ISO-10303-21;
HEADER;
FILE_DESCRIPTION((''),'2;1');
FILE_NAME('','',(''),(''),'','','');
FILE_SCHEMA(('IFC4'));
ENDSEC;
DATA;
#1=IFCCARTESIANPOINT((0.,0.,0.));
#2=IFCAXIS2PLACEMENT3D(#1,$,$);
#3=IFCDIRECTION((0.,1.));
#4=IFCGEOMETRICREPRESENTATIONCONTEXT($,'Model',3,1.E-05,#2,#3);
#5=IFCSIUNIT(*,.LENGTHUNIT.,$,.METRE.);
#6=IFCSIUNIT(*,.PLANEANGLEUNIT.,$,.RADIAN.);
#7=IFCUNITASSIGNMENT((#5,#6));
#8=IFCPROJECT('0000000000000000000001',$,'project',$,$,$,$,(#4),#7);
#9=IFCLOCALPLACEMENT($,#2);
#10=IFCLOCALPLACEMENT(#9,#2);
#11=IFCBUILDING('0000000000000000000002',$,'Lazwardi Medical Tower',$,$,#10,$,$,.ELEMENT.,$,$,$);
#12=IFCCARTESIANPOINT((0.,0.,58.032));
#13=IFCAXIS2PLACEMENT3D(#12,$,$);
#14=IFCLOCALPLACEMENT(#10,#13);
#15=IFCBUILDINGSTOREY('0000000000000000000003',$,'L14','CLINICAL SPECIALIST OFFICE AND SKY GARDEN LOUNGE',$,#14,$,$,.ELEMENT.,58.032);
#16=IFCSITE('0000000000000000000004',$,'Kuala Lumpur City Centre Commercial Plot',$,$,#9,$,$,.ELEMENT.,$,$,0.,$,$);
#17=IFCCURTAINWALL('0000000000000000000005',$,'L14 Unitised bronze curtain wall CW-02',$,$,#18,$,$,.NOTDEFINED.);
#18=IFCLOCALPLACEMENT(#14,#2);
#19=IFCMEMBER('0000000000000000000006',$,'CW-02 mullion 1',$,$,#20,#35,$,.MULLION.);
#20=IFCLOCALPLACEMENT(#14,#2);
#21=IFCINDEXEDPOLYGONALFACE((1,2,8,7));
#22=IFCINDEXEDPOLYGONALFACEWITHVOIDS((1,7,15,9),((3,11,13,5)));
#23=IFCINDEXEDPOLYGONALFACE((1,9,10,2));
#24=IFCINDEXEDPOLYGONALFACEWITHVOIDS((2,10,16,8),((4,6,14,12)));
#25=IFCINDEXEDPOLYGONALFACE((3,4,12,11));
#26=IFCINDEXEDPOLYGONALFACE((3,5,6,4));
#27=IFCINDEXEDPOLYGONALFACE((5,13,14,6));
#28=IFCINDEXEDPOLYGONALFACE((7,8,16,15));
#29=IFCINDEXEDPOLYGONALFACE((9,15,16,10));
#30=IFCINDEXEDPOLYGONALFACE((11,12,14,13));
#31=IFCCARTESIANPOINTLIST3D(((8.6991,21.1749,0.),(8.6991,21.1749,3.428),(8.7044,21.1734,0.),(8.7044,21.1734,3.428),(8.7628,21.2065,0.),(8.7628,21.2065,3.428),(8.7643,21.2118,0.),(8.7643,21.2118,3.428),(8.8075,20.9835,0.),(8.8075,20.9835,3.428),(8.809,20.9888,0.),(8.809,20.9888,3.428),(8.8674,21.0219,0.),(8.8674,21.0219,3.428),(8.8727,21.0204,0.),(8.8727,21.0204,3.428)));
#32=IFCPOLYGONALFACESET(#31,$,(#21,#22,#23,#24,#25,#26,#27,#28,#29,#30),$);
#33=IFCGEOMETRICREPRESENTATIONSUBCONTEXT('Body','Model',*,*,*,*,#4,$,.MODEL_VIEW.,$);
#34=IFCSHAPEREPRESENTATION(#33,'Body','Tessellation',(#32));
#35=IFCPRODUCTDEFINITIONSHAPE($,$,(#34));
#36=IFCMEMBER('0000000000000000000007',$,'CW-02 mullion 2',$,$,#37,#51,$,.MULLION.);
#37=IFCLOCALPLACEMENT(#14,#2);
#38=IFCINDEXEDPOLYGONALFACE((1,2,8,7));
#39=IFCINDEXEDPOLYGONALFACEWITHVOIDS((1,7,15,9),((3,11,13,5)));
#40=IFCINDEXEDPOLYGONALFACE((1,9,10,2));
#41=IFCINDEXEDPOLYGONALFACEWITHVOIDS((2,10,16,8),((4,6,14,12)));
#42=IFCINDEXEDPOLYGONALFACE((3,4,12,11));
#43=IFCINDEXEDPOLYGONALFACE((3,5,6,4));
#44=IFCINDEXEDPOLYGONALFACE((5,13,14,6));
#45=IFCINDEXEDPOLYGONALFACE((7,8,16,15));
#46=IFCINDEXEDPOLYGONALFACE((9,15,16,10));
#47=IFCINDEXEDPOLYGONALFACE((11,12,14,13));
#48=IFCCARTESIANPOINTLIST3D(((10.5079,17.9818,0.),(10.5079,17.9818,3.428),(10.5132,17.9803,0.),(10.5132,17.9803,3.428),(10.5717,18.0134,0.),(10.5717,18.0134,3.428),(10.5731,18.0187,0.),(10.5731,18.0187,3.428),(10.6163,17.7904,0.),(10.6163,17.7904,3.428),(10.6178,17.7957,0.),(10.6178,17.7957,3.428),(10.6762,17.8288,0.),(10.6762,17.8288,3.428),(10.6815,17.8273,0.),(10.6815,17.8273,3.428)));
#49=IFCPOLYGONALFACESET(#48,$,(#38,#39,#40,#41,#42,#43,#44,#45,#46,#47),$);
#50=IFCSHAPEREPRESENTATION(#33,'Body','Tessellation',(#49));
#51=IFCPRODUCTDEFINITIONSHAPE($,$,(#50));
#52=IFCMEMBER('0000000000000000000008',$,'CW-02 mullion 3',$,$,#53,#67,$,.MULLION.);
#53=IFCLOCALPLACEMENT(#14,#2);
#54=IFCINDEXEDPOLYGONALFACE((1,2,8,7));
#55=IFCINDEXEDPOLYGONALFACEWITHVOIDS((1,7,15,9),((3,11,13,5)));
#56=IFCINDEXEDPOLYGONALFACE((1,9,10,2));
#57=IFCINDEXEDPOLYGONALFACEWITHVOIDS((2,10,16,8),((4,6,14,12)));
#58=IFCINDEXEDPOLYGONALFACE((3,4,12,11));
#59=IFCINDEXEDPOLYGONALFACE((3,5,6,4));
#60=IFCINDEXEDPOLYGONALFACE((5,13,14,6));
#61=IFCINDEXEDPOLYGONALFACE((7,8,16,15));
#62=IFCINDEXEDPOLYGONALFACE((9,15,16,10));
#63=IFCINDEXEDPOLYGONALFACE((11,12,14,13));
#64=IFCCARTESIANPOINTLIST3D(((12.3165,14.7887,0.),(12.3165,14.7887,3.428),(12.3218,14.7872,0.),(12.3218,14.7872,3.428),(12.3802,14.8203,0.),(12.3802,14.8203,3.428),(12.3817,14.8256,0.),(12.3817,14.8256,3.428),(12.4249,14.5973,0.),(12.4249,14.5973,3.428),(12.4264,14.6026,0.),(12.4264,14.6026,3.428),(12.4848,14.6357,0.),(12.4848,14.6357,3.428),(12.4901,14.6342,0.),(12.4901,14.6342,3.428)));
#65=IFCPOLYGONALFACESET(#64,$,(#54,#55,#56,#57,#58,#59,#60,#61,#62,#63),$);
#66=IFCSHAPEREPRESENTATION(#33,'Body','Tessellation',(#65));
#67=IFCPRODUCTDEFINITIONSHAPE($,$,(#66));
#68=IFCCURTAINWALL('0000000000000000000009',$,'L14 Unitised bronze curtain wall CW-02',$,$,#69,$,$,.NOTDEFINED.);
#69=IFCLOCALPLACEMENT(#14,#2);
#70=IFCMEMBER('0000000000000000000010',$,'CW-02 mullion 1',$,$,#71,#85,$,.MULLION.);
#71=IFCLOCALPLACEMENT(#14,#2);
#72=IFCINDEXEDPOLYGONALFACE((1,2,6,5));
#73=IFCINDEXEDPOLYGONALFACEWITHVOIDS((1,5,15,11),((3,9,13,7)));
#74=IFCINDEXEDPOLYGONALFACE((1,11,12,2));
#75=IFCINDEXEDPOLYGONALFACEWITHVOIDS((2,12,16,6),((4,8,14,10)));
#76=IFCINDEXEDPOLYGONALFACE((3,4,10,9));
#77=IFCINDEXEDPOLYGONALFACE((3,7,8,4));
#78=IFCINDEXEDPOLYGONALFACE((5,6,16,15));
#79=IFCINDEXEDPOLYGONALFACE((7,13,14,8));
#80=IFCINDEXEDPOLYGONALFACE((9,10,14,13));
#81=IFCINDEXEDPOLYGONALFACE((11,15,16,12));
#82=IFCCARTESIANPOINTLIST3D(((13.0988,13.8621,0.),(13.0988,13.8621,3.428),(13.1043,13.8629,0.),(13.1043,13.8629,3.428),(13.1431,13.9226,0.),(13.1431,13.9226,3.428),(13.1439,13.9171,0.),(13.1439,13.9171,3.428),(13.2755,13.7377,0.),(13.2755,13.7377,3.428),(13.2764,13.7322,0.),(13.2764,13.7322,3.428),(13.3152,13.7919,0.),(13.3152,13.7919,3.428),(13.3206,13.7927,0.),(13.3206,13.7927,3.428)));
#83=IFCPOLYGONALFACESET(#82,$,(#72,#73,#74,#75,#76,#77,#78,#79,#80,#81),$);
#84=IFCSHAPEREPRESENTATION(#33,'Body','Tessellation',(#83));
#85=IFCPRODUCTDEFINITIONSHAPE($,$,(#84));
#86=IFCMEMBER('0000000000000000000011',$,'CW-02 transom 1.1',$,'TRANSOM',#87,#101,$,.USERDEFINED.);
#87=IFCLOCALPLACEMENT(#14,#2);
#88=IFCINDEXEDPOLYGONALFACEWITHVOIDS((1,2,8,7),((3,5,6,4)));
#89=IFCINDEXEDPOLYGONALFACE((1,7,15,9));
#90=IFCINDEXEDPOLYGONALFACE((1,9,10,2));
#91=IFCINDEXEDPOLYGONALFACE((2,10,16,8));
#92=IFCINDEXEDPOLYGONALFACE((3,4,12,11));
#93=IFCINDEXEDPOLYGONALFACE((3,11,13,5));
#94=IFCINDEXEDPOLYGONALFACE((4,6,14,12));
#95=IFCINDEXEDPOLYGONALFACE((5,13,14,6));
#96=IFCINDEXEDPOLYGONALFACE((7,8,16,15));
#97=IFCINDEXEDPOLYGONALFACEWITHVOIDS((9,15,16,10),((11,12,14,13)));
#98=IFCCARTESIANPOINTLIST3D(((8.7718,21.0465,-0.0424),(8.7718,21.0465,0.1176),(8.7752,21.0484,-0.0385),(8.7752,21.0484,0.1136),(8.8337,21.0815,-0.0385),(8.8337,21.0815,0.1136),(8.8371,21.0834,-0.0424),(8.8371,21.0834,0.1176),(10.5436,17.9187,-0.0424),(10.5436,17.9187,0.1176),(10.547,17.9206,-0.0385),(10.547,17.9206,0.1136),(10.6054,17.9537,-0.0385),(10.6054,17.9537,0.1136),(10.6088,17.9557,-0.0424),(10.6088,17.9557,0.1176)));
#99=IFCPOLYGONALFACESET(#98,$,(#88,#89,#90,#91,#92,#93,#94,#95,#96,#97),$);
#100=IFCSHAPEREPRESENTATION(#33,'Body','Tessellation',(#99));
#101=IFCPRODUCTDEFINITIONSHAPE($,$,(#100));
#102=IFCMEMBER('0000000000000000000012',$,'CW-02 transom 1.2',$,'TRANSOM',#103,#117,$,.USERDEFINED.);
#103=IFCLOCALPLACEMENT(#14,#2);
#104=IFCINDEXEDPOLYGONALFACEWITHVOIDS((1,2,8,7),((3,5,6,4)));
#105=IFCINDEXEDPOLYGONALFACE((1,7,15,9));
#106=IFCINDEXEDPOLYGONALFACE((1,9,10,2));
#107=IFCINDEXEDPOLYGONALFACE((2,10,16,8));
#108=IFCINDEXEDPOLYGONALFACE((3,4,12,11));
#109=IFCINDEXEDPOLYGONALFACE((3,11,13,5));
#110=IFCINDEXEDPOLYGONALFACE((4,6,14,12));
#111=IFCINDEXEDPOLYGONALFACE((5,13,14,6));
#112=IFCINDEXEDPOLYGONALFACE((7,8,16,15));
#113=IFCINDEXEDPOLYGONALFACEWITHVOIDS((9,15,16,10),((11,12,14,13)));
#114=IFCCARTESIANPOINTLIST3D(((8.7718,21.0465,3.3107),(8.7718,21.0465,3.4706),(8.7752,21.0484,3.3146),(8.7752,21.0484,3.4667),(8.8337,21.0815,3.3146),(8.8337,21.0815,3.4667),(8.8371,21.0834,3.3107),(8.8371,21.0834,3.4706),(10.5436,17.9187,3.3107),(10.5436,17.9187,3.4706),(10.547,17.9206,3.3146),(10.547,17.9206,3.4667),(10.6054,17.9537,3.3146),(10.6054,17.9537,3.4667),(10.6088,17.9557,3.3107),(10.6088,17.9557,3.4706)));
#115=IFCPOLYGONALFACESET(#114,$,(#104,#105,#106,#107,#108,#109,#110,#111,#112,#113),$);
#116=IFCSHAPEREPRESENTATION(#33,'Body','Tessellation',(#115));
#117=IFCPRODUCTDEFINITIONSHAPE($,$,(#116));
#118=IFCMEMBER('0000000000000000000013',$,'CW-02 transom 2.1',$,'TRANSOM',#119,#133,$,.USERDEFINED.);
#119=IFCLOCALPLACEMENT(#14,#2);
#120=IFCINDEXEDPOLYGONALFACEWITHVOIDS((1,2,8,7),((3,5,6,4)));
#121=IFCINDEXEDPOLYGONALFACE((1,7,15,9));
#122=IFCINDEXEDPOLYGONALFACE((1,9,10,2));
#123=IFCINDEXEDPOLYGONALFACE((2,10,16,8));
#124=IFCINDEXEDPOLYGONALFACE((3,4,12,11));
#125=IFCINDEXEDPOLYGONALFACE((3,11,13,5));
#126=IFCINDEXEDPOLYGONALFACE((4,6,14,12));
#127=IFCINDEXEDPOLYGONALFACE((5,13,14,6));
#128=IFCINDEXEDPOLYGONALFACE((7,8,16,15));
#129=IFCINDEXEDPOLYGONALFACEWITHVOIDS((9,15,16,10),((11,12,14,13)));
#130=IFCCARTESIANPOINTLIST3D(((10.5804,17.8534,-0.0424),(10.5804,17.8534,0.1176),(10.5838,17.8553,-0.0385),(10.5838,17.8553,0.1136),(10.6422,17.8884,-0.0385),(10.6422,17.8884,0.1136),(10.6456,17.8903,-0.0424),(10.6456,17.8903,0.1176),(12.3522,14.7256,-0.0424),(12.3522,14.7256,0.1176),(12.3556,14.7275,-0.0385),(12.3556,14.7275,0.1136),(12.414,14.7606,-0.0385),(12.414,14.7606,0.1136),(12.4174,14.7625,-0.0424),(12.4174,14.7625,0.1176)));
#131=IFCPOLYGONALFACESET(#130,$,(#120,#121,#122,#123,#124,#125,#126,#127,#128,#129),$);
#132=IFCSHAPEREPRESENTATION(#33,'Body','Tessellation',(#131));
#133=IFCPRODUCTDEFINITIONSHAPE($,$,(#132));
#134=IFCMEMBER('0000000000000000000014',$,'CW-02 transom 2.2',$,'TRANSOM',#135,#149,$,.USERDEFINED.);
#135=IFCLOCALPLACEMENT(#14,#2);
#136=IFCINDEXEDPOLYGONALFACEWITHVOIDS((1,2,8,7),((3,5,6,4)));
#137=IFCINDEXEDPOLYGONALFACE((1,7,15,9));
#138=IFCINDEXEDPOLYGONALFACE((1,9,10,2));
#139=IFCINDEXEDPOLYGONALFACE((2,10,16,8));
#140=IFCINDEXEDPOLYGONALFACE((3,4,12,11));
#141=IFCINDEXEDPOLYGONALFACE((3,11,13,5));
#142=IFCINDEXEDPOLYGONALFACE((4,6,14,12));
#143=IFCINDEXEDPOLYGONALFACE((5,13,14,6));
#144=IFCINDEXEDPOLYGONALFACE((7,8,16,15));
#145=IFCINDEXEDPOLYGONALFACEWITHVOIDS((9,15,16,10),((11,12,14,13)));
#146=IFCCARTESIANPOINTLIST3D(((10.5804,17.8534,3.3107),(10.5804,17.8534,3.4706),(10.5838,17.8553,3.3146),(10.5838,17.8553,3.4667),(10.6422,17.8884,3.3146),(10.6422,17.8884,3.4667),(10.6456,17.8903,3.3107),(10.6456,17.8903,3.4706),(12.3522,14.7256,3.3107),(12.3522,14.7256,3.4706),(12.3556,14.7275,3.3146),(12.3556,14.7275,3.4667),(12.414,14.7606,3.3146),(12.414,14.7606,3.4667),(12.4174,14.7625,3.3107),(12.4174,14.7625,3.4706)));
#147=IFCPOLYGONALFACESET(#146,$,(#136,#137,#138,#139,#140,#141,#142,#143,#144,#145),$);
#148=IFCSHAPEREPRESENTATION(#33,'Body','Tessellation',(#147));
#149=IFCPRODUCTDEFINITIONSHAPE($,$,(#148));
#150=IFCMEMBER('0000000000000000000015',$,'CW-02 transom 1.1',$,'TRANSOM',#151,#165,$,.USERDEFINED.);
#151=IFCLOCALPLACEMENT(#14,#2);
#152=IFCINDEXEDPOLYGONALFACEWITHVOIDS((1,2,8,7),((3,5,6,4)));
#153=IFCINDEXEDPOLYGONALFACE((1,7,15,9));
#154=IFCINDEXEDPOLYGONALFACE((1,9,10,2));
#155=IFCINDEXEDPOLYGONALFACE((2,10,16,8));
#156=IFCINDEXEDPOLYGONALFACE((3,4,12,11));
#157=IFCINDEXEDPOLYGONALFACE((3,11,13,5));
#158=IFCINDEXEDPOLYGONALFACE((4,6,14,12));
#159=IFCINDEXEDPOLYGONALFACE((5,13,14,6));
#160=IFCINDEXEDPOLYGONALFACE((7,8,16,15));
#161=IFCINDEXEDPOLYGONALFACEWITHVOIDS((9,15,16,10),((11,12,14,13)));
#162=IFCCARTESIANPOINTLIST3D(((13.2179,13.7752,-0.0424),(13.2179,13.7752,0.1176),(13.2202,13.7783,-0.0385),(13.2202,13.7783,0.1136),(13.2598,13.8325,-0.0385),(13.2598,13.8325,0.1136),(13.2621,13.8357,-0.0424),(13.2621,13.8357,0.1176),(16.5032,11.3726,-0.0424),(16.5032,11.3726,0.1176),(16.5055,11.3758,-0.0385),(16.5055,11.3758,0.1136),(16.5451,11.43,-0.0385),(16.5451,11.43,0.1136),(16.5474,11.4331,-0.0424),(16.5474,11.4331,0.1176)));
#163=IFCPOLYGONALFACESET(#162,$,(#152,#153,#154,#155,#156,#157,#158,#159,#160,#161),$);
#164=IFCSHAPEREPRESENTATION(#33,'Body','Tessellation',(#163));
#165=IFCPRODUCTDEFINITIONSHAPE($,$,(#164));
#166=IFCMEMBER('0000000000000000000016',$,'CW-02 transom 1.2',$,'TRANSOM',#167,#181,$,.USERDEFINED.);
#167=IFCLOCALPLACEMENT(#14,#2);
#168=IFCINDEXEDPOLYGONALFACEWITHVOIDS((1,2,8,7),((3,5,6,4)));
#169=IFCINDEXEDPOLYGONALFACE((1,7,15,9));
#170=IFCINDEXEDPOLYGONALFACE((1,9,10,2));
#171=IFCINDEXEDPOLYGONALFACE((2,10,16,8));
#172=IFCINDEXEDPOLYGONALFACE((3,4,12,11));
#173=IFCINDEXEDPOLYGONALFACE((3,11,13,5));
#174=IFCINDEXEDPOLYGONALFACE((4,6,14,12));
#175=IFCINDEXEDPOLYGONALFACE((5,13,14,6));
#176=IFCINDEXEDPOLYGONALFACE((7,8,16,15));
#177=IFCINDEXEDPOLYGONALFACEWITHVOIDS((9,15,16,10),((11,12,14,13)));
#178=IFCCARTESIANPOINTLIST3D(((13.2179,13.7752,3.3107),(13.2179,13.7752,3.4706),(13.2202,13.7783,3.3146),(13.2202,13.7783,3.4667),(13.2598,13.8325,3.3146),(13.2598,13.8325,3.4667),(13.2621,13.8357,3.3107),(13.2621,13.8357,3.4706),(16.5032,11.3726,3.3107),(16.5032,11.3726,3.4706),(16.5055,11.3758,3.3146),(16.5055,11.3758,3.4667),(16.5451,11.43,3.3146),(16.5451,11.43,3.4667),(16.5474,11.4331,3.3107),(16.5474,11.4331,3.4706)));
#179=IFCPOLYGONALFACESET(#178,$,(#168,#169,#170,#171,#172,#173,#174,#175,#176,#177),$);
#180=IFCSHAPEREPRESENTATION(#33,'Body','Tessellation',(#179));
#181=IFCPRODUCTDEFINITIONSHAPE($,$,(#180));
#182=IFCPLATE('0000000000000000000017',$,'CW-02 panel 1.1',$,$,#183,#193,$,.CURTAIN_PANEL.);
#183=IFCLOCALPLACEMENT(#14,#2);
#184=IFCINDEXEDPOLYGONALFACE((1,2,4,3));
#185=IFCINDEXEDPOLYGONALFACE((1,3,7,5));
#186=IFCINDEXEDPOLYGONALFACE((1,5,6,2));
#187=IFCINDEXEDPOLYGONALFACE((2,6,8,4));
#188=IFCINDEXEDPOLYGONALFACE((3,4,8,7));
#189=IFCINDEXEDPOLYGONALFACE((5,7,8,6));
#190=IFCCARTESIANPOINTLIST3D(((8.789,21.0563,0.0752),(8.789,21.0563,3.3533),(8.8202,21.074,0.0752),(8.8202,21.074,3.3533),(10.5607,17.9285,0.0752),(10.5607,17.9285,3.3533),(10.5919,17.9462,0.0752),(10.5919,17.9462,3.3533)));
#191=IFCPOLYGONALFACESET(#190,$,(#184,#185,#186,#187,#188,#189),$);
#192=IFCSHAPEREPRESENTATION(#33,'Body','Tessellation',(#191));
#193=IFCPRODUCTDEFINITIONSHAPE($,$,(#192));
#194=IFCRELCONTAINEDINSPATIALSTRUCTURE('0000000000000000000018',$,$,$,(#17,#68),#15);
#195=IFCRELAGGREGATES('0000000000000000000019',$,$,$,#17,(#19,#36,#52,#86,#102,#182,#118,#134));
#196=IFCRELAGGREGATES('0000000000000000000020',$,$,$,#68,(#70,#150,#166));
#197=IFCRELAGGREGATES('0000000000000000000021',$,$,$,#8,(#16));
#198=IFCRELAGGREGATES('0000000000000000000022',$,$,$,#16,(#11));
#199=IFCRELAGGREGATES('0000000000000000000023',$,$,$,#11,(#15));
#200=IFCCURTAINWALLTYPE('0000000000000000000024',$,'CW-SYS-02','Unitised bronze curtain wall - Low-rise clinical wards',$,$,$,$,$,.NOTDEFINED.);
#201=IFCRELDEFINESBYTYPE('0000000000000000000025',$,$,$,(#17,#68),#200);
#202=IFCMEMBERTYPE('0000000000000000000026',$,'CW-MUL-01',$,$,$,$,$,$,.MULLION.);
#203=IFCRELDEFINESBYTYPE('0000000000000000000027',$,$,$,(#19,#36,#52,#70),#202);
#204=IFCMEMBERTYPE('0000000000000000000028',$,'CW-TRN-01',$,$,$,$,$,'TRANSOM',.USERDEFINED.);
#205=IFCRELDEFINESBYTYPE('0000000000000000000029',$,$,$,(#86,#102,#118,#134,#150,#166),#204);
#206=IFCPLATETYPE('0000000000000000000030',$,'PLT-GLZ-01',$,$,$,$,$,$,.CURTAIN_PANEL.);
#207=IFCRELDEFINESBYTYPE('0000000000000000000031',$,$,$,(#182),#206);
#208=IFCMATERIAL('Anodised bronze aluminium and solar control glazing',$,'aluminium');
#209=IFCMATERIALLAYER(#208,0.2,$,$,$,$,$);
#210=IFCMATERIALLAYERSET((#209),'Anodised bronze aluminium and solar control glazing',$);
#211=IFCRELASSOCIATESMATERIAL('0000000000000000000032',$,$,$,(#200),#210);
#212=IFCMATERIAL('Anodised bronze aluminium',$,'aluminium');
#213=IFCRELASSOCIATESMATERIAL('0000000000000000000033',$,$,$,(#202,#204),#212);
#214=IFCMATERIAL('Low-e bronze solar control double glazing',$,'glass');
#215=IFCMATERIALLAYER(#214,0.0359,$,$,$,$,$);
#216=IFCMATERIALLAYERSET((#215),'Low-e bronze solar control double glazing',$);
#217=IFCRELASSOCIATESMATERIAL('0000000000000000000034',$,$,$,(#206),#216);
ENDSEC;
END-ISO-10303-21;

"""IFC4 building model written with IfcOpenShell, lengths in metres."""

from ifc_helpers import new_model, si_unit, direction, frame, origin, origin_2d, place, context, subcontext, project, spatial, rectangle, hollow_rectangle, extrude, material, layer, layer_set, material_profile, profile_set, type_object, element, aggregate, save


model = new_model("IFC4")

# Units and contexts
model_context = context("Model", 3, precision=1e-05, world=origin(), true_north=direction((0.0, 1.0)))
body_context = subcontext(model_context, "Body", "Model", "MODEL_VIEW")
ifc_project = project(units=[si_unit("LENGTHUNIT", "METRE"), si_unit("PLANEANGLEUNIT", "RADIAN")], contexts=[model_context])

# Site, building, storey
site_placement = place(None, origin())
site = spatial("IfcSite", under=ifc_project, at=site_placement, Name="Kuala Lumpur City Centre Commercial Plot", CompositionType="ELEMENT", RefElevation=0.0)
building_placement = place(site_placement, origin())
building = spatial("IfcBuilding", under=site, at=building_placement, Name="Lazwardi Medical Tower", CompositionType="ELEMENT")
storey_placement = place(building_placement, frame((0.0, 0.0, 58.032)))
storey = spatial("IfcBuildingStorey", under=building, at=storey_placement, Name="L14", Description="CLINICAL SPECIALIST OFFICE AND SKY GARDEN LOUNGE", CompositionType="ELEMENT", Elevation=58.032)

# Curtain wall, members
ifc_material_1 = material(Name="Anodised bronze aluminium and solar control glazing", Category="aluminium")
ifc_layer_1 = layer(ifc_material_1, 0.2)
ifc_layer_set_1 = layer_set([ifc_layer_1], Name="Anodised bronze aluminium and solar control glazing")
curtain_wall_type = type_object("IfcCurtainWallType", Name="CW-SYS-02", Description="Unitised bronze curtain wall - Low-rise clinical wards", PredefinedType="NOTDEFINED", material=ifc_layer_set_1)
curtain_wall_1_placement = place(storey_placement, origin())
curtain_wall_1 = element("IfcCurtainWall", 1, at=curtain_wall_1_placement, inside=storey, type_object=curtain_wall_type, Name="L14 Unitised bronze curtain wall CW-02", PredefinedType="NOTDEFINED")
ifc_material_2 = material(Name="Anodised bronze aluminium", Category="aluminium")
ifc_material_profile_1 = material_profile(ifc_material_2, hollow_rectangle(XDim=0.075, YDim=0.22, WallThickness=0.0039, at=origin_2d()), Name="ALU-MULLION 220x75x4")
ifc_profile_set_1 = profile_set([ifc_material_profile_1], Name="Anodised bronze aluminium")
member_type_1 = type_object("IfcMemberType", Name="CW-MUL-01", PredefinedType="MULLION", material=ifc_profile_set_1)
member_1_placement = place(storey_placement, frame((8.7859, 21.0977, 0.0), z_axis=(0.0, 0.0, 1.0), x_axis=(0.870112, 0.492854, 0.0)))
member_1 = element("IfcMember", 2, at=member_1_placement, type_object=member_type_1, Name="CW-02 mullion 1", PredefinedType="MULLION", context=body_context, shape_type="SweptSolid", body=[
    extrude(hollow_rectangle(XDim=0.075, YDim=0.22, WallThickness=0.0039, at=origin_2d()), origin(), (0.0, 0.0, 1.0), 3.428),
])
member_2_placement = place(storey_placement, frame((10.5947, 17.9045, 0.0), z_axis=(0.0, 0.0, 1.0), x_axis=(0.870112, 0.492854, 0.0)))
member_2 = element("IfcMember", 3, at=member_2_placement, type_object=member_type_1, Name="CW-02 mullion 2", PredefinedType="MULLION", context=body_context, shape_type="SweptSolid", body=[
    extrude(hollow_rectangle(XDim=0.075, YDim=0.22, WallThickness=0.0039, at=origin_2d()), origin(), (0.0, 0.0, 1.0), 3.428),
])
member_3_placement = place(storey_placement, frame((12.4033, 14.7114, 0.0), z_axis=(0.0, 0.0, 1.0), x_axis=(0.870112, 0.492854, 0.0)))
member_3 = element("IfcMember", 4, at=member_3_placement, type_object=member_type_1, Name="CW-02 mullion 3", PredefinedType="MULLION", context=body_context, shape_type="SweptSolid", body=[
    extrude(hollow_rectangle(XDim=0.075, YDim=0.22, WallThickness=0.0039, at=origin_2d()), origin(), (0.0, 0.0, 1.0), 3.428),
])

# Curtain wall, member
curtain_wall_2_placement = place(storey_placement, origin())
curtain_wall_2 = element("IfcCurtainWall", 5, at=curtain_wall_2_placement, inside=storey, type_object=curtain_wall_type, Name="L14 Unitised bronze curtain wall CW-02", PredefinedType="NOTDEFINED")
member_4_placement = place(storey_placement, frame((13.2097, 13.8274, 0.0), z_axis=(0.0, 0.0, 1.0), x_axis=(0.590289, 0.807192, 0.0)))
member_4 = element("IfcMember", 6, at=member_4_placement, type_object=member_type_1, Name="CW-02 mullion 1", PredefinedType="MULLION", context=body_context, shape_type="SweptSolid", body=[
    extrude(hollow_rectangle(XDim=0.075, YDim=0.22, WallThickness=0.0039, at=origin_2d()), origin(), (0.0, 0.0, 1.0), 3.428),
])

# Members
ifc_material_profile_2 = material_profile(ifc_material_2, hollow_rectangle(XDim=0.075, YDim=0.1599, WallThickness=0.0039, at=origin_2d()), Name="ALU-TRANSOM 160x75x4")
ifc_profile_set_2 = profile_set([ifc_material_profile_2], Name="Anodised bronze aluminium")
member_type_2 = type_object("IfcMemberType", Name="CW-TRN-01", ElementType="TRANSOM", PredefinedType="USERDEFINED", material=ifc_profile_set_2)
member_5_placement = place(storey_placement, frame((8.8044, 21.0649, 0.0376), z_axis=(0.492881, -0.870097, 0.0), x_axis=(0.870097, 0.492881, 0.0)))
member_5 = element("IfcMember", 7, at=member_5_placement, type_object=member_type_2, Name="CW-02 transom 1.1", ObjectType="TRANSOM", PredefinedType="USERDEFINED", context=body_context, shape_type="SweptSolid", body=[
    extrude(hollow_rectangle(XDim=0.075, YDim=0.1599, WallThickness=0.0039, at=origin_2d()), origin(), (0.0, 0.0, 1.0), 3.5947),
])
member_6_placement = place(storey_placement, frame((8.8044, 21.0649, 3.3906), z_axis=(0.492881, -0.870097, 0.0), x_axis=(0.870097, 0.492881, 0.0)))
member_6 = element("IfcMember", 8, at=member_6_placement, type_object=member_type_2, Name="CW-02 transom 1.2", ObjectType="TRANSOM", PredefinedType="USERDEFINED", context=body_context, shape_type="SweptSolid", body=[
    extrude(hollow_rectangle(XDim=0.075, YDim=0.1599, WallThickness=0.0039, at=origin_2d()), origin(), (0.0, 0.0, 1.0), 3.5947),
])
member_7_placement = place(storey_placement, frame((10.613, 17.8718, 0.0376), z_axis=(0.492881, -0.870097, 0.0), x_axis=(0.870097, 0.492881, 0.0)))
member_7 = element("IfcMember", 9, at=member_7_placement, type_object=member_type_2, Name="CW-02 transom 2.1", ObjectType="TRANSOM", PredefinedType="USERDEFINED", context=body_context, shape_type="SweptSolid", body=[
    extrude(hollow_rectangle(XDim=0.075, YDim=0.1599, WallThickness=0.0039, at=origin_2d()), origin(), (0.0, 0.0, 1.0), 3.5947),
])
member_8_placement = place(storey_placement, frame((10.613, 17.8718, 3.3906), z_axis=(0.492881, -0.870097, 0.0), x_axis=(0.870097, 0.492881, 0.0)))
member_8 = element("IfcMember", 10, at=member_8_placement, type_object=member_type_2, Name="CW-02 transom 2.2", ObjectType="TRANSOM", PredefinedType="USERDEFINED", context=body_context, shape_type="SweptSolid", body=[
    extrude(hollow_rectangle(XDim=0.075, YDim=0.1599, WallThickness=0.0039, at=origin_2d()), origin(), (0.0, 0.0, 1.0), 3.5947),
])
member_9_placement = place(storey_placement, frame((13.24, 13.8054, 0.0376), z_axis=(0.80719, -0.590292, 0.0), x_axis=(0.590292, 0.80719, 0.0)))
member_9 = element("IfcMember", 11, at=member_9_placement, type_object=member_type_2, Name="CW-02 transom 1.1", ObjectType="TRANSOM", PredefinedType="USERDEFINED", context=body_context, shape_type="SweptSolid", body=[
    extrude(hollow_rectangle(XDim=0.075, YDim=0.1599, WallThickness=0.0039, at=origin_2d()), origin(), (0.0, 0.0, 1.0), 4.0701),
])
member_10_placement = place(storey_placement, frame((13.24, 13.8054, 3.3906), z_axis=(0.80719, -0.590292, 0.0), x_axis=(0.590292, 0.80719, 0.0)))
member_10 = element("IfcMember", 12, at=member_10_placement, type_object=member_type_2, Name="CW-02 transom 1.2", ObjectType="TRANSOM", PredefinedType="USERDEFINED", context=body_context, shape_type="SweptSolid", body=[
    extrude(hollow_rectangle(XDim=0.075, YDim=0.1599, WallThickness=0.0039, at=origin_2d()), origin(), (0.0, 0.0, 1.0), 4.0701),
])

# Plate
ifc_material_3 = material(Name="Low-e bronze solar control double glazing", Category="glass")
ifc_layer_2 = layer(ifc_material_3, 0.0359)
ifc_layer_set_2 = layer_set([ifc_layer_2], Name="Low-e bronze solar control double glazing")
plate_type = type_object("IfcPlateType", Name="PLT-GLZ-01", PredefinedType="CURTAIN_PANEL", material=ifc_layer_set_2)
plate_1_placement = place(storey_placement, frame((9.6904, 19.5012, 0.0752), z_axis=(0.0, 0.0, 1.0), x_axis=(0.492854, -0.870112, 0.0)))
plate_1 = element("IfcPlate", 13, at=plate_1_placement, type_object=plate_type, Name="CW-02 panel 1.1", PredefinedType="CURTAIN_PANEL", context=body_context, shape_type="SweptSolid", body=[
    extrude(rectangle(XDim=3.5947, YDim=0.0359, at=origin_2d()), origin(), (0.0, 0.0, 1.0), 3.2781),
])
aggregate(curtain_wall_1, [member_1, member_2, member_3, member_5, member_6, plate_1, member_7, member_8])
aggregate(curtain_wall_2, [member_4, member_9, member_10])

save(model, "model.ifc")
